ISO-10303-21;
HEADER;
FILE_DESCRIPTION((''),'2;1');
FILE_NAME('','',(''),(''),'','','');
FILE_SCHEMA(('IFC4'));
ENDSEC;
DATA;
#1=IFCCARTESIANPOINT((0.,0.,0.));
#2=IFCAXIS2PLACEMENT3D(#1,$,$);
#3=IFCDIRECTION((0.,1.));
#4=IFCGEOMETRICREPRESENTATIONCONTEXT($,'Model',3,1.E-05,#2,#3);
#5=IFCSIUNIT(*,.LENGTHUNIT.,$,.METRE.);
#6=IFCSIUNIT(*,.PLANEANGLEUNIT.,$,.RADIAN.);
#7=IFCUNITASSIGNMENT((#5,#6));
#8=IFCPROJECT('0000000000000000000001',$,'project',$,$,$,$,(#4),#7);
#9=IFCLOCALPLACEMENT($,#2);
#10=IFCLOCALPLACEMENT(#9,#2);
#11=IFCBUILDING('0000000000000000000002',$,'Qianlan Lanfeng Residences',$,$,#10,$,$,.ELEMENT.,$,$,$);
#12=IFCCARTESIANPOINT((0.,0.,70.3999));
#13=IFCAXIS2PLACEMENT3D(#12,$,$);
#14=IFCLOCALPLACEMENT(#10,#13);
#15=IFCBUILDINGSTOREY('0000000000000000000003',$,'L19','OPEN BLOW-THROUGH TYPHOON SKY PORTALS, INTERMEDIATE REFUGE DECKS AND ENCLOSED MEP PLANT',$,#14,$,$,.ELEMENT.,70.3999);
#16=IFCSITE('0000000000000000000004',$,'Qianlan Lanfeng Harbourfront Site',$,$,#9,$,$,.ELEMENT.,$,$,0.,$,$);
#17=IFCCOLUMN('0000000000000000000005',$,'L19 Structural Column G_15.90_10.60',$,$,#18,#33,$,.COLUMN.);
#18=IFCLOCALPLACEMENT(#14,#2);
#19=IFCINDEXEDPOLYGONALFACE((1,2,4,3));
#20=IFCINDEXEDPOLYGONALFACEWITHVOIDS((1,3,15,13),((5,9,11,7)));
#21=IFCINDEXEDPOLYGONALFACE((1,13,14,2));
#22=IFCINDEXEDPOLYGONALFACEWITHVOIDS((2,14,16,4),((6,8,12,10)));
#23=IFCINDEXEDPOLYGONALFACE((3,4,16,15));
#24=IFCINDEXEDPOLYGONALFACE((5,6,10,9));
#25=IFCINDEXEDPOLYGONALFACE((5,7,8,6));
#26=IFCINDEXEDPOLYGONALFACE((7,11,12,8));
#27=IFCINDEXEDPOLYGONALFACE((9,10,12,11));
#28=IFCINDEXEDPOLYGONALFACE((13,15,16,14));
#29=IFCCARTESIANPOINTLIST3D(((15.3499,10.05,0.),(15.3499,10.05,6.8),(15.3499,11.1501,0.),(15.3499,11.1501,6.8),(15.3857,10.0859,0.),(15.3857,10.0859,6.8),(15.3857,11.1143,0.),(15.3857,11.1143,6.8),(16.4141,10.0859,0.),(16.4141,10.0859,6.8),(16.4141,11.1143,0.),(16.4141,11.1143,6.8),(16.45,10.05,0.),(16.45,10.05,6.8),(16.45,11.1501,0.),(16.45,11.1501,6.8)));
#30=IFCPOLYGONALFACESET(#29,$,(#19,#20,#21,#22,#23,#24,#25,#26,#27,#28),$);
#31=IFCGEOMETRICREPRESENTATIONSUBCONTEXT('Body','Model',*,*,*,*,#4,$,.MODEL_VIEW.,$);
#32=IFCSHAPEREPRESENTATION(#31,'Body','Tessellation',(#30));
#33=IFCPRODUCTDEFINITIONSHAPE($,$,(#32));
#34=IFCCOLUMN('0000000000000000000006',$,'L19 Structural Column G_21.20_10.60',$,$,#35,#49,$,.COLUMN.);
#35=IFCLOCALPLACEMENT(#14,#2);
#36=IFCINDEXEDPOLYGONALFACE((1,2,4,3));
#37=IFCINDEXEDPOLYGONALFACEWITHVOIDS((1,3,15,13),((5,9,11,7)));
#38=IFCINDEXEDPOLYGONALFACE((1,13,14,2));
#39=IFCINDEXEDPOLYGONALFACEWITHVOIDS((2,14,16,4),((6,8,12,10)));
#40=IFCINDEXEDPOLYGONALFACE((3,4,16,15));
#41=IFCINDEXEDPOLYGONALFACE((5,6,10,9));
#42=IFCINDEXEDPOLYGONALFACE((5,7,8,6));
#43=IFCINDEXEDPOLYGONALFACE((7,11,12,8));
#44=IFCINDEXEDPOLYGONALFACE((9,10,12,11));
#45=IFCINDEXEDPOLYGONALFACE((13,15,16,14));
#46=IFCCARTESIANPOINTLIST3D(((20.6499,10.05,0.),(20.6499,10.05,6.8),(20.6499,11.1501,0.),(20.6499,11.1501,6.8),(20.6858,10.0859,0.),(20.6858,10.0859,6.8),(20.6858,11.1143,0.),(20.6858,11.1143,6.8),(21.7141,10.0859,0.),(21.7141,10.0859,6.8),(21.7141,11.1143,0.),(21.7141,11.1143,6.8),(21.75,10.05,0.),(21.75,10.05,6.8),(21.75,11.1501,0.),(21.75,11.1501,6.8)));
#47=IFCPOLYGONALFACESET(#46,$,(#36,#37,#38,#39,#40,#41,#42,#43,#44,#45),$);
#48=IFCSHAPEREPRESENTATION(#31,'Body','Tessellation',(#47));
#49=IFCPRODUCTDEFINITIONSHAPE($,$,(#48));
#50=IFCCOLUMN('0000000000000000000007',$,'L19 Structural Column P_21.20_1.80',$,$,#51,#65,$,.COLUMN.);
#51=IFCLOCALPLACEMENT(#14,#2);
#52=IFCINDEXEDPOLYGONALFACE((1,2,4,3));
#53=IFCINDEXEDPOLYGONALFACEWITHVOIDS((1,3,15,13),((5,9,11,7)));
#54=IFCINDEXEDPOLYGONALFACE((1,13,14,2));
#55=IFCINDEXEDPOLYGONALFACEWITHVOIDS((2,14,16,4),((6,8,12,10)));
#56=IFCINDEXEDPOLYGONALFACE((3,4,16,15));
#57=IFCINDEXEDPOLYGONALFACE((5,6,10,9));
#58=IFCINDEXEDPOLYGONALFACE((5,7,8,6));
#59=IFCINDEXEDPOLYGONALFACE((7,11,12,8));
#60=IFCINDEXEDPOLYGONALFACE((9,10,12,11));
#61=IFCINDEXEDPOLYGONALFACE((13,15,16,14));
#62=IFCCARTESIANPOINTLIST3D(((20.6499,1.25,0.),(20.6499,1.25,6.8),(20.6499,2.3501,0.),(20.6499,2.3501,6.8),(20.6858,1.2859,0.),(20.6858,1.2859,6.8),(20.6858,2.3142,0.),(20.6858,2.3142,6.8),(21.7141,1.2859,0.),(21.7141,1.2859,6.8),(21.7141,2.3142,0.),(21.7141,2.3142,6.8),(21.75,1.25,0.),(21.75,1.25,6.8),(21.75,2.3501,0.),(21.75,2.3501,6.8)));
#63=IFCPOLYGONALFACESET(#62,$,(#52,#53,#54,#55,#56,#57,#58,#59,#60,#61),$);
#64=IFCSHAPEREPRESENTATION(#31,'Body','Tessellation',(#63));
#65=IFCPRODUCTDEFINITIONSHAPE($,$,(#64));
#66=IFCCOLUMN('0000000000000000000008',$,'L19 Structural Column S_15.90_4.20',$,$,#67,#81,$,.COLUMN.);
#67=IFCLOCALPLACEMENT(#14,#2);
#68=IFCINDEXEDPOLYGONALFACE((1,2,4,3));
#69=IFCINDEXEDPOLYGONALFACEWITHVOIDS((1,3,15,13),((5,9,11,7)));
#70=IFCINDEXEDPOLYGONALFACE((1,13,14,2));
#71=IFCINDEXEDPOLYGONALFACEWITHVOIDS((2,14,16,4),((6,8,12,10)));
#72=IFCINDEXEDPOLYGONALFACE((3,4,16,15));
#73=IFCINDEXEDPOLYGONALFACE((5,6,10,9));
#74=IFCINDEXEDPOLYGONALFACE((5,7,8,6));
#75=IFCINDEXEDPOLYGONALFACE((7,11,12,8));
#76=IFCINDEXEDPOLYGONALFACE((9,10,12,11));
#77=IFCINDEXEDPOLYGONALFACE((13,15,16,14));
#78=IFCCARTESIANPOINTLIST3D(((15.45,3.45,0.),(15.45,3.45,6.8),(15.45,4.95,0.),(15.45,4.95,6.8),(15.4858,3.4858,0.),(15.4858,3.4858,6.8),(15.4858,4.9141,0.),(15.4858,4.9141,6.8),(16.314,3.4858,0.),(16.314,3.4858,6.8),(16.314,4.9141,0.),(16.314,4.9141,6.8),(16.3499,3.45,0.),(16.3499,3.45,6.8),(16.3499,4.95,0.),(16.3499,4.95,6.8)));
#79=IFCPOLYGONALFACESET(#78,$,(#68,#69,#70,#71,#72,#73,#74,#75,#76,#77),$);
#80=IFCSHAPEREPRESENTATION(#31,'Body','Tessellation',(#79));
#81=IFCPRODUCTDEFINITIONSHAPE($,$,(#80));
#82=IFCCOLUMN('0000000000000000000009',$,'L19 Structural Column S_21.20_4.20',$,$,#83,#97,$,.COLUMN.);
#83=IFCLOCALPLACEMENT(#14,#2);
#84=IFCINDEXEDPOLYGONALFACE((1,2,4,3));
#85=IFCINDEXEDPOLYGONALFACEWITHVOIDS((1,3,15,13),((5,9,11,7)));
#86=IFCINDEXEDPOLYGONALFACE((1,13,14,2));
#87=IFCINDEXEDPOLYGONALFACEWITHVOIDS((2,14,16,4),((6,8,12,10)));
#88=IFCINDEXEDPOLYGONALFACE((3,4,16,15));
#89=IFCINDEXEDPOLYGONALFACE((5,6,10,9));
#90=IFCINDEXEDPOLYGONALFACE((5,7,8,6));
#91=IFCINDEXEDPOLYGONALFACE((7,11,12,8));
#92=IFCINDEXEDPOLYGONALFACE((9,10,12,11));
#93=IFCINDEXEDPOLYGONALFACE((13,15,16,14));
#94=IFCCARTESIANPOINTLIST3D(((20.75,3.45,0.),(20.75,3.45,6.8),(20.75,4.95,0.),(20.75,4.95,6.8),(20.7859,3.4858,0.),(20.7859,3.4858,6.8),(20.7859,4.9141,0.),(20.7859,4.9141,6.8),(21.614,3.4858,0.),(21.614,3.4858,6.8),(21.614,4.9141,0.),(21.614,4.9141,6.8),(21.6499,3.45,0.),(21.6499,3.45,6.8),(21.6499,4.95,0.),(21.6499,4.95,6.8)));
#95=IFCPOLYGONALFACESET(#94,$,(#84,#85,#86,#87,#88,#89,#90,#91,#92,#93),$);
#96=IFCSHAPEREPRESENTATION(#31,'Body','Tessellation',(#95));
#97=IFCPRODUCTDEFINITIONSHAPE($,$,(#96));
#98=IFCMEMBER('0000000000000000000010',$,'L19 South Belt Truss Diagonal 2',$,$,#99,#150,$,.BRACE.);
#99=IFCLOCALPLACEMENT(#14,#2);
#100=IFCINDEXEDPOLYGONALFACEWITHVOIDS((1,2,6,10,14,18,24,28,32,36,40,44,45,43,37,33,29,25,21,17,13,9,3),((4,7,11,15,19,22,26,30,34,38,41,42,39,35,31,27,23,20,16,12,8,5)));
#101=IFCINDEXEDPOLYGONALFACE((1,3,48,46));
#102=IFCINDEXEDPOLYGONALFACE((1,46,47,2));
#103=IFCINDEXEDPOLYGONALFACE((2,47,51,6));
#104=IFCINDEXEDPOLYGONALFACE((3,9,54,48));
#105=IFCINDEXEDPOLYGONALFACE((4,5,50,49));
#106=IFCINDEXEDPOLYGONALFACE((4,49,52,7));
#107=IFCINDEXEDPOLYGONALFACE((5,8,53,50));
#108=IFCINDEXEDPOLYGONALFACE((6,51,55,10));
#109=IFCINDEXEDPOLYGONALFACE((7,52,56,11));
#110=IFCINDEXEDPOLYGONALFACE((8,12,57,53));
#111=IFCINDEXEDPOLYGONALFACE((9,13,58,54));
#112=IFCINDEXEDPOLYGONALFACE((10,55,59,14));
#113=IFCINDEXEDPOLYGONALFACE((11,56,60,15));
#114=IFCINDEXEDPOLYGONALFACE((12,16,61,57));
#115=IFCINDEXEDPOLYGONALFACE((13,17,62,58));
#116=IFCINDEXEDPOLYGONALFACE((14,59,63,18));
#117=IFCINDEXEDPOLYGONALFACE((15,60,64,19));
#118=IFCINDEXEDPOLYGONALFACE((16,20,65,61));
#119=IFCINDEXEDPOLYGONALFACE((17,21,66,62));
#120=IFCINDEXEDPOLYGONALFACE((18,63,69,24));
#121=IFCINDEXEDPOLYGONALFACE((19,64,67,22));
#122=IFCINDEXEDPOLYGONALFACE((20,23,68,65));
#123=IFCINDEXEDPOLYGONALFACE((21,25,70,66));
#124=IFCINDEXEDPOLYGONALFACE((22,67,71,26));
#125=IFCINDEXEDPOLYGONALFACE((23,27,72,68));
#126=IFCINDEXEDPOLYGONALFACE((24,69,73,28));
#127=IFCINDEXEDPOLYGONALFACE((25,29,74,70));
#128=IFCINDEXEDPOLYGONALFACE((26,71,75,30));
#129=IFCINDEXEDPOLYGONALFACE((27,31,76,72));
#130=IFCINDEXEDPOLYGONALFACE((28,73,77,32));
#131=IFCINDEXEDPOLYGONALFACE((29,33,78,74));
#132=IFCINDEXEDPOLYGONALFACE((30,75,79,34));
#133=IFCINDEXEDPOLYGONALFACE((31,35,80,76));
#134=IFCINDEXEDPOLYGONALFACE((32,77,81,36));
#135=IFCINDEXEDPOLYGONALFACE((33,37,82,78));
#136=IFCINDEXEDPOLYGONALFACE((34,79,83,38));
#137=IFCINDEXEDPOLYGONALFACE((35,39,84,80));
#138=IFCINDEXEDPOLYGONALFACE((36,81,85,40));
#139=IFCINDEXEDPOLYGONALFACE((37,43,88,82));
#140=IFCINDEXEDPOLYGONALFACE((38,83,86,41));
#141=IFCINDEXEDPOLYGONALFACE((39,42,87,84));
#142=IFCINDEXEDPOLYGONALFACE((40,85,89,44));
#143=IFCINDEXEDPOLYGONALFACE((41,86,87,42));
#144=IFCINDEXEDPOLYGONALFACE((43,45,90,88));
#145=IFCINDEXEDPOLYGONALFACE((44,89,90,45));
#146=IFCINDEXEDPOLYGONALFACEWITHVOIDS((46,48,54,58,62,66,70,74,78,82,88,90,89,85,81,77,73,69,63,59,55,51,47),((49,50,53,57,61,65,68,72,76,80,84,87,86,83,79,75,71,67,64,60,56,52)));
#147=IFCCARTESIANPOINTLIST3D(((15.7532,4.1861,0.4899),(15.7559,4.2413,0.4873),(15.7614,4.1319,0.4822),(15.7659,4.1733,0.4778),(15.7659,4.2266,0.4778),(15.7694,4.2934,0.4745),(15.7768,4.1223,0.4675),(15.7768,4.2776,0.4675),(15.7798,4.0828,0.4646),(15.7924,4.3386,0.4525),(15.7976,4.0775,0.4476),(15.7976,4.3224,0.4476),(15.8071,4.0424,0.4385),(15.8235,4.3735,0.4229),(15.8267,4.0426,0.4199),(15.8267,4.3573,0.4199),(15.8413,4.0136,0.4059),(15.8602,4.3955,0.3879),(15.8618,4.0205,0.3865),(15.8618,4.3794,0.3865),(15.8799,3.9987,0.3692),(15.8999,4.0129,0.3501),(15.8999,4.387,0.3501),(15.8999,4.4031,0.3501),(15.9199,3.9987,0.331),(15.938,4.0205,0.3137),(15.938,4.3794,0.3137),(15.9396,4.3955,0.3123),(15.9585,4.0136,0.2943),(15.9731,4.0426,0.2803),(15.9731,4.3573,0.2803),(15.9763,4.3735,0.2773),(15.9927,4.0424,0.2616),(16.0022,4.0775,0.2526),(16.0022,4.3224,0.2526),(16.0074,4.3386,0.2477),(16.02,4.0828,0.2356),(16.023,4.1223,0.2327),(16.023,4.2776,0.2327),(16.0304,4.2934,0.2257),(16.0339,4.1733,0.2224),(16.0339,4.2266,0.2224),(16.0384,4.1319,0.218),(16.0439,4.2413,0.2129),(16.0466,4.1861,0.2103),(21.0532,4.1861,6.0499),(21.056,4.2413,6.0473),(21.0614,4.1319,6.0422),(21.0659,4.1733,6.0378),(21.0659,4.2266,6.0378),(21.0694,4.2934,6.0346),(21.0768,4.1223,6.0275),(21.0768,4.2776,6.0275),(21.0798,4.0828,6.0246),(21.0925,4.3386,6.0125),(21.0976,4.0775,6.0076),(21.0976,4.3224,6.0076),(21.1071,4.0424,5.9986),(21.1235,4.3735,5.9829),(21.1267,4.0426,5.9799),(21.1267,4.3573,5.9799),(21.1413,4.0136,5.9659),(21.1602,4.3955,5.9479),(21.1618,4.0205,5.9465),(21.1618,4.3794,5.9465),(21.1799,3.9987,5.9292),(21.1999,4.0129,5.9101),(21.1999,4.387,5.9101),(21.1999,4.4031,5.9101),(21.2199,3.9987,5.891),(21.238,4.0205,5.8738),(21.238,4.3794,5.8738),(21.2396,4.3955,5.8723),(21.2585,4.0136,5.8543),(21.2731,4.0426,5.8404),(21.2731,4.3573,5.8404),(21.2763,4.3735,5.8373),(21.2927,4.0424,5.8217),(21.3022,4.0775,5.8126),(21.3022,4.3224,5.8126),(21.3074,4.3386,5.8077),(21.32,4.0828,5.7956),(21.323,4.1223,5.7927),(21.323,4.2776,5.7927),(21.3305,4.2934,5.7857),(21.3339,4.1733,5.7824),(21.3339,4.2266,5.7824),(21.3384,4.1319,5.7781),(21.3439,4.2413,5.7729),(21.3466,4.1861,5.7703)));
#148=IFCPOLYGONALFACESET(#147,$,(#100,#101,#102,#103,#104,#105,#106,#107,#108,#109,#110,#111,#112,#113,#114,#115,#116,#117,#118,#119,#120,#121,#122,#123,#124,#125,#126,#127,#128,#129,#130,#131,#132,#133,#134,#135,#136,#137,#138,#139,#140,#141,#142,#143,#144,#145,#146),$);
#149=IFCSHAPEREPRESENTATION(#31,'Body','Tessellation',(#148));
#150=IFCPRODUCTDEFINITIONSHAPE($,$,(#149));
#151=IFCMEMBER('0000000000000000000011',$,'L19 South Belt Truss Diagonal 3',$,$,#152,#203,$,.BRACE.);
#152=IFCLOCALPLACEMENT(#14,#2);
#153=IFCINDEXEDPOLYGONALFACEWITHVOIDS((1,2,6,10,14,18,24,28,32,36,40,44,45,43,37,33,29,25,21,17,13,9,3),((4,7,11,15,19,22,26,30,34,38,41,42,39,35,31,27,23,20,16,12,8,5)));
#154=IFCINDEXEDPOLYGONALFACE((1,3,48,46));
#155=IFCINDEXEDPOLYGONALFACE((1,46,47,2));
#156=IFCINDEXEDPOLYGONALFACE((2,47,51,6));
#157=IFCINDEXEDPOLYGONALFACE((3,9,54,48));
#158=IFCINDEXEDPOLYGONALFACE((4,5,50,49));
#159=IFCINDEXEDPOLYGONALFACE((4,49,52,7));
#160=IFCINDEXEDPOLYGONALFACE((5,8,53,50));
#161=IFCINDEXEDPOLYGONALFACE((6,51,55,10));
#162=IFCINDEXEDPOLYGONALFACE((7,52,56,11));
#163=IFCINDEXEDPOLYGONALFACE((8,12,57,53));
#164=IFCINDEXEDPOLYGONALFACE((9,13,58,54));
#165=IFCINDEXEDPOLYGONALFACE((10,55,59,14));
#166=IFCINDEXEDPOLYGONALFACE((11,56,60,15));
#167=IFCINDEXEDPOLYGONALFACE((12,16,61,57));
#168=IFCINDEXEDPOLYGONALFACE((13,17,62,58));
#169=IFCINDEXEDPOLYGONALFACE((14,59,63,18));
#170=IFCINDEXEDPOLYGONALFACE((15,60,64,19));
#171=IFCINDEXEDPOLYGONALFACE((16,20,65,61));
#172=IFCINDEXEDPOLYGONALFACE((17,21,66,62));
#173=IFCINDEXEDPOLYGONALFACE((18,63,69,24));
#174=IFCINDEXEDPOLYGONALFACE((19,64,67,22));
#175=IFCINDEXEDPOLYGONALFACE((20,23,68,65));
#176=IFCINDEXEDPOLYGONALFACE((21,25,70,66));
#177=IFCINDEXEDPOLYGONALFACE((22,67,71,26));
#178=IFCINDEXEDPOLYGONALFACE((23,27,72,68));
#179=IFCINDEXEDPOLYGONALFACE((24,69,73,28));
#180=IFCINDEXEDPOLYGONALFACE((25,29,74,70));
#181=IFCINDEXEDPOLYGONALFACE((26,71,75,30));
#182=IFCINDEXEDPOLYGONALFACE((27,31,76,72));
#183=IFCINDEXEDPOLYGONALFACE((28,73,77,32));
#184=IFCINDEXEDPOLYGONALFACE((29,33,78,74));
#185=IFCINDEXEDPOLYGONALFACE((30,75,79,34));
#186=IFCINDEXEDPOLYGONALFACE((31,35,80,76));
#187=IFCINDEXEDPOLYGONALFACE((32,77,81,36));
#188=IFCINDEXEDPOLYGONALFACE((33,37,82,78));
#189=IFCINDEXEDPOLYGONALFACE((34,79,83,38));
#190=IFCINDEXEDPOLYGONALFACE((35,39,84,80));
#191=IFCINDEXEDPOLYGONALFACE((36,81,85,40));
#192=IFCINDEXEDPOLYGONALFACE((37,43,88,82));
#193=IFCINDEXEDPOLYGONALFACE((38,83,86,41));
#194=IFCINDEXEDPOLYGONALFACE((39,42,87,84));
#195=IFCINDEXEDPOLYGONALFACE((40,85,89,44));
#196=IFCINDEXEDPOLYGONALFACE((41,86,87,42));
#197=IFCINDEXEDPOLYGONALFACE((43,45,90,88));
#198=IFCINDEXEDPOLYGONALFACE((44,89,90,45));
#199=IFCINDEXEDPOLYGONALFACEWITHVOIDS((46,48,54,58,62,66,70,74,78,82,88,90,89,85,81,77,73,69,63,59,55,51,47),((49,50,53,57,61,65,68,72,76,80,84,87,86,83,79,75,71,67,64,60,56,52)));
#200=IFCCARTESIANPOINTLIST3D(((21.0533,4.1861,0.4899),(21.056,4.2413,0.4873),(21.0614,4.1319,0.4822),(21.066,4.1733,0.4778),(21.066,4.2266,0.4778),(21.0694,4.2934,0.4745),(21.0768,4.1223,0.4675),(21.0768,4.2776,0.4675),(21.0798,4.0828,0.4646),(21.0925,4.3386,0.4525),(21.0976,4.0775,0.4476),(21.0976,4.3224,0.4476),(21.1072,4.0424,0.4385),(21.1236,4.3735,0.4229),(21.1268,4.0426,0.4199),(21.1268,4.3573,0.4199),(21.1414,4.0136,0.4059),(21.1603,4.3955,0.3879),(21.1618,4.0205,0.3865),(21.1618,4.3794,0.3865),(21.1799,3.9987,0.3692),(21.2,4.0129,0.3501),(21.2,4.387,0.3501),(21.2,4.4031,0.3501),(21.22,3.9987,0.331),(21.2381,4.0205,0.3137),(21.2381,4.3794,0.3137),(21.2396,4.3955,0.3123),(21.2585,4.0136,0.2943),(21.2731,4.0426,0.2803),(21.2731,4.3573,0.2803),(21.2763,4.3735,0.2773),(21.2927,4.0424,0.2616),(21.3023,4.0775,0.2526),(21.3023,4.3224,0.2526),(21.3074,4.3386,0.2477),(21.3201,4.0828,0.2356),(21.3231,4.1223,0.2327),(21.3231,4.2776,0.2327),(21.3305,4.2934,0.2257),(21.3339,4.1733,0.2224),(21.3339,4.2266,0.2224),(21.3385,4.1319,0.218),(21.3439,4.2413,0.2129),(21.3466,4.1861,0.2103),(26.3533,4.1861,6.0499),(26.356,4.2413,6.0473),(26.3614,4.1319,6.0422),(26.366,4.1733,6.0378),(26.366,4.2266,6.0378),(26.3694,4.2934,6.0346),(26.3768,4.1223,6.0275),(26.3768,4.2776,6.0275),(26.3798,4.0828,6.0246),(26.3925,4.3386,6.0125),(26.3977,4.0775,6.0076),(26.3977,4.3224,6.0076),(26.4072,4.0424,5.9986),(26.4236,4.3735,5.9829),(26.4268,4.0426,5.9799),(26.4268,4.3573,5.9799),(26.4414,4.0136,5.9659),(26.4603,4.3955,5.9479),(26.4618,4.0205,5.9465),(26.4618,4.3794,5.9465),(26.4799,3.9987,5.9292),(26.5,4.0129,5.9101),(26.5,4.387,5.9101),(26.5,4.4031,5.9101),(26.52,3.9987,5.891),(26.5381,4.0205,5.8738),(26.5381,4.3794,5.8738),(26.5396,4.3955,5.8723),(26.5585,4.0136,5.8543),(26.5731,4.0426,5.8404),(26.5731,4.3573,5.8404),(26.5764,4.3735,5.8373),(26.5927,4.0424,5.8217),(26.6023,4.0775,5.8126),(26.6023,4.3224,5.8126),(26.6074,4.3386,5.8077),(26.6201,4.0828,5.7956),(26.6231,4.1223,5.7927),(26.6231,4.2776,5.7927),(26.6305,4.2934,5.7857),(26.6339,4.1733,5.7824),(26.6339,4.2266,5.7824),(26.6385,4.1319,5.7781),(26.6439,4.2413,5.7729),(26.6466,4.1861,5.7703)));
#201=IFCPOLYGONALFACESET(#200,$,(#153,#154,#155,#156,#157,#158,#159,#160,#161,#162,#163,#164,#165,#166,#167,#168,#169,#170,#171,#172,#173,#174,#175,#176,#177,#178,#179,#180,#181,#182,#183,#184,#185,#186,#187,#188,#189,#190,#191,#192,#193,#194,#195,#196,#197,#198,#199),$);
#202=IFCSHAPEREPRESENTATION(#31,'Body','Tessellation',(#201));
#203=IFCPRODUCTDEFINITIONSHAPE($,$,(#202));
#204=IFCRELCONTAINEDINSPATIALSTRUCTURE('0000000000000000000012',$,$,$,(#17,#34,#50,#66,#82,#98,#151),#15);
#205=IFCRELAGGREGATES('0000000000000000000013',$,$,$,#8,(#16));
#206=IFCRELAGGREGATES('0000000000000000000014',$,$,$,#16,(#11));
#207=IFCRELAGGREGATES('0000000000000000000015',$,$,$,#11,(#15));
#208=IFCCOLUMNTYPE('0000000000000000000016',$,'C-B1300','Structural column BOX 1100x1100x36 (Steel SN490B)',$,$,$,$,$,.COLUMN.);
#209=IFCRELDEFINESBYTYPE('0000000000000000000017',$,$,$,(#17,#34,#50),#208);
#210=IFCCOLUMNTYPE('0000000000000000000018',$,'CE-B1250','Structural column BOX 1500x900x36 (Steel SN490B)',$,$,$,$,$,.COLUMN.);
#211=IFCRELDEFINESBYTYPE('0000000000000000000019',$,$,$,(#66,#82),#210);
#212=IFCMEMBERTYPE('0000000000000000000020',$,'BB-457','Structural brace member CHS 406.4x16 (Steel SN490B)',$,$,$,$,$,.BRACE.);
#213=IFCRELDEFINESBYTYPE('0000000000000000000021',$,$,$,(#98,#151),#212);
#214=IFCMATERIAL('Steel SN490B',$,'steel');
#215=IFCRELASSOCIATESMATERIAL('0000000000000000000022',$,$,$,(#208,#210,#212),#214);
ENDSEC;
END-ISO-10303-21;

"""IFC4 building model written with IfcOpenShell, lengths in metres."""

from ifc_helpers import new_model, si_unit, direction, frame, origin, origin_2d, place, context, subcontext, project, spatial, hollow_rectangle, hollow_circle, extrude, material, material_profile, profile_set, type_object, element, save


model = new_model("IFC4")

# Units and contexts
model_context = context("Model", 3, precision=1e-05, world=origin(), true_north=direction((0.0, 1.0)))
body_context = subcontext(model_context, "Body", "Model", "MODEL_VIEW")
ifc_project = project(units=[si_unit("LENGTHUNIT", "METRE"), si_unit("PLANEANGLEUNIT", "RADIAN")], contexts=[model_context])

# Site, building, storey
site_placement = place(None, origin())
site = spatial("IfcSite", under=ifc_project, at=site_placement, Name="Qianlan Lanfeng Harbourfront Site", CompositionType="ELEMENT", RefElevation=0.0)
building_placement = place(site_placement, origin())
building = spatial("IfcBuilding", under=site, at=building_placement, Name="Qianlan Lanfeng Residences", CompositionType="ELEMENT")
storey_placement = place(building_placement, frame((0.0, 0.0, 70.3999)))
storey = spatial("IfcBuildingStorey", under=building, at=storey_placement, Name="L19", Description="OPEN BLOW-THROUGH TYPHOON SKY PORTALS, INTERMEDIATE REFUGE DECKS AND ENCLOSED MEP PLANT", CompositionType="ELEMENT", Elevation=70.3999)

# Columns
ifc_material_1 = material(Name="Steel SN490B", Category="steel")
ifc_material_profile_1 = material_profile(ifc_material_1, hollow_rectangle(XDim=1.1001, YDim=1.1001, WallThickness=0.0359, at=origin_2d()), Name="BOX 1100x1100x36")
ifc_profile_set_1 = profile_set([ifc_material_profile_1], Name="Steel SN490B")
column_type_1 = type_object("IfcColumnType", Name="C-B1300", Description="Structural column BOX 1100x1100x36 (Steel SN490B)", PredefinedType="COLUMN", material=ifc_profile_set_1)
for number, where, z_axis, x_axis, name in (
    (1, (15.8999, 10.6001, 0.0), (0.0, 0.0, 1.0), (1.0, 0.0, 0.0), "L19 Structural Column G_15.90_10.60"),
    (2, (21.2, 10.6001, 0.0), (0.0, 0.0, 1.0), (1.0, 0.0, 0.0), "L19 Structural Column G_21.20_10.60"),
    (3, (21.2, 1.8, 0.0), (0.0, 0.0, 1.0), (1.0, 0.0, 0.0), "L19 Structural Column P_21.20_1.80"),
):
    element("IfcColumn", number, at=place(storey_placement, frame(where, z_axis=z_axis, x_axis=x_axis)), inside=storey, type_object=column_type_1, Name=name, PredefinedType="COLUMN", context=body_context, shape_type="SweptSolid", body=[
        extrude(hollow_rectangle(XDim=1.1001, YDim=1.1001, WallThickness=0.0359, at=origin_2d()), origin(), (0.0, 0.0, 1.0), 6.8),
    ])
ifc_material_profile_2 = material_profile(ifc_material_1, hollow_rectangle(XDim=0.8999, YDim=1.5, WallThickness=0.0359, at=origin_2d()), Name="BOX 1500x900x36")
ifc_profile_set_2 = profile_set([ifc_material_profile_2], Name="Steel SN490B")
column_type_2 = type_object("IfcColumnType", Name="CE-B1250", Description="Structural column BOX 1500x900x36 (Steel SN490B)", PredefinedType="COLUMN", material=ifc_profile_set_2)
for number, where, z_axis, x_axis, name in (
    (4, (15.8999, 4.2, 0.0), (0.0, 0.0, 1.0), (1.0, 0.0, 0.0), "L19 Structural Column S_15.90_4.20"),
    (5, (21.2, 4.2, 0.0), (0.0, 0.0, 1.0), (1.0, 0.0, 0.0), "L19 Structural Column S_21.20_4.20"),
):
    element("IfcColumn", number, at=place(storey_placement, frame(where, z_axis=z_axis, x_axis=x_axis)), inside=storey, type_object=column_type_2, Name=name, PredefinedType="COLUMN", context=body_context, shape_type="SweptSolid", body=[
        extrude(hollow_rectangle(XDim=0.8999, YDim=1.5, WallThickness=0.0359, at=origin_2d()), origin(), (0.0, 0.0, 1.0), 6.8),
    ])

# Members
ifc_material_profile_3 = material_profile(ifc_material_1, hollow_circle(Radius=0.2031, WallThickness=0.0161, at=origin_2d()), Name="CHS 406.4x16")
ifc_profile_set_3 = profile_set([ifc_material_profile_3], Name="Steel SN490B")
member_type_1 = type_object("IfcMemberType", Name="BB-457", Description="Structural brace member CHS 406.4x16 (Steel SN490B)", PredefinedType="BRACE", material=ifc_profile_set_3)
for number, where, z_axis, x_axis, name in (
    (6, (15.8999, 4.2, 0.3501), (0.68998, 0.0, 0.723829), (0.0, 1.0, 0.0), "L19 South Belt Truss Diagonal 2"),
    (7, (21.2, 4.2, 0.3501), (0.68998, 0.0, 0.723829), (0.0, 1.0, 0.0), "L19 South Belt Truss Diagonal 3"),
):
    element("IfcMember", number, at=place(storey_placement, frame(where, z_axis=z_axis, x_axis=x_axis)), inside=storey, type_object=member_type_1, Name=name, PredefinedType="BRACE", context=body_context, shape_type="SweptSolid", body=[
        extrude(hollow_circle(Radius=0.2031, WallThickness=0.0161, at=origin_2d()), origin(), (0.0, 0.0, 1.0), 7.6814),
    ])

save(model, "model.ifc")
